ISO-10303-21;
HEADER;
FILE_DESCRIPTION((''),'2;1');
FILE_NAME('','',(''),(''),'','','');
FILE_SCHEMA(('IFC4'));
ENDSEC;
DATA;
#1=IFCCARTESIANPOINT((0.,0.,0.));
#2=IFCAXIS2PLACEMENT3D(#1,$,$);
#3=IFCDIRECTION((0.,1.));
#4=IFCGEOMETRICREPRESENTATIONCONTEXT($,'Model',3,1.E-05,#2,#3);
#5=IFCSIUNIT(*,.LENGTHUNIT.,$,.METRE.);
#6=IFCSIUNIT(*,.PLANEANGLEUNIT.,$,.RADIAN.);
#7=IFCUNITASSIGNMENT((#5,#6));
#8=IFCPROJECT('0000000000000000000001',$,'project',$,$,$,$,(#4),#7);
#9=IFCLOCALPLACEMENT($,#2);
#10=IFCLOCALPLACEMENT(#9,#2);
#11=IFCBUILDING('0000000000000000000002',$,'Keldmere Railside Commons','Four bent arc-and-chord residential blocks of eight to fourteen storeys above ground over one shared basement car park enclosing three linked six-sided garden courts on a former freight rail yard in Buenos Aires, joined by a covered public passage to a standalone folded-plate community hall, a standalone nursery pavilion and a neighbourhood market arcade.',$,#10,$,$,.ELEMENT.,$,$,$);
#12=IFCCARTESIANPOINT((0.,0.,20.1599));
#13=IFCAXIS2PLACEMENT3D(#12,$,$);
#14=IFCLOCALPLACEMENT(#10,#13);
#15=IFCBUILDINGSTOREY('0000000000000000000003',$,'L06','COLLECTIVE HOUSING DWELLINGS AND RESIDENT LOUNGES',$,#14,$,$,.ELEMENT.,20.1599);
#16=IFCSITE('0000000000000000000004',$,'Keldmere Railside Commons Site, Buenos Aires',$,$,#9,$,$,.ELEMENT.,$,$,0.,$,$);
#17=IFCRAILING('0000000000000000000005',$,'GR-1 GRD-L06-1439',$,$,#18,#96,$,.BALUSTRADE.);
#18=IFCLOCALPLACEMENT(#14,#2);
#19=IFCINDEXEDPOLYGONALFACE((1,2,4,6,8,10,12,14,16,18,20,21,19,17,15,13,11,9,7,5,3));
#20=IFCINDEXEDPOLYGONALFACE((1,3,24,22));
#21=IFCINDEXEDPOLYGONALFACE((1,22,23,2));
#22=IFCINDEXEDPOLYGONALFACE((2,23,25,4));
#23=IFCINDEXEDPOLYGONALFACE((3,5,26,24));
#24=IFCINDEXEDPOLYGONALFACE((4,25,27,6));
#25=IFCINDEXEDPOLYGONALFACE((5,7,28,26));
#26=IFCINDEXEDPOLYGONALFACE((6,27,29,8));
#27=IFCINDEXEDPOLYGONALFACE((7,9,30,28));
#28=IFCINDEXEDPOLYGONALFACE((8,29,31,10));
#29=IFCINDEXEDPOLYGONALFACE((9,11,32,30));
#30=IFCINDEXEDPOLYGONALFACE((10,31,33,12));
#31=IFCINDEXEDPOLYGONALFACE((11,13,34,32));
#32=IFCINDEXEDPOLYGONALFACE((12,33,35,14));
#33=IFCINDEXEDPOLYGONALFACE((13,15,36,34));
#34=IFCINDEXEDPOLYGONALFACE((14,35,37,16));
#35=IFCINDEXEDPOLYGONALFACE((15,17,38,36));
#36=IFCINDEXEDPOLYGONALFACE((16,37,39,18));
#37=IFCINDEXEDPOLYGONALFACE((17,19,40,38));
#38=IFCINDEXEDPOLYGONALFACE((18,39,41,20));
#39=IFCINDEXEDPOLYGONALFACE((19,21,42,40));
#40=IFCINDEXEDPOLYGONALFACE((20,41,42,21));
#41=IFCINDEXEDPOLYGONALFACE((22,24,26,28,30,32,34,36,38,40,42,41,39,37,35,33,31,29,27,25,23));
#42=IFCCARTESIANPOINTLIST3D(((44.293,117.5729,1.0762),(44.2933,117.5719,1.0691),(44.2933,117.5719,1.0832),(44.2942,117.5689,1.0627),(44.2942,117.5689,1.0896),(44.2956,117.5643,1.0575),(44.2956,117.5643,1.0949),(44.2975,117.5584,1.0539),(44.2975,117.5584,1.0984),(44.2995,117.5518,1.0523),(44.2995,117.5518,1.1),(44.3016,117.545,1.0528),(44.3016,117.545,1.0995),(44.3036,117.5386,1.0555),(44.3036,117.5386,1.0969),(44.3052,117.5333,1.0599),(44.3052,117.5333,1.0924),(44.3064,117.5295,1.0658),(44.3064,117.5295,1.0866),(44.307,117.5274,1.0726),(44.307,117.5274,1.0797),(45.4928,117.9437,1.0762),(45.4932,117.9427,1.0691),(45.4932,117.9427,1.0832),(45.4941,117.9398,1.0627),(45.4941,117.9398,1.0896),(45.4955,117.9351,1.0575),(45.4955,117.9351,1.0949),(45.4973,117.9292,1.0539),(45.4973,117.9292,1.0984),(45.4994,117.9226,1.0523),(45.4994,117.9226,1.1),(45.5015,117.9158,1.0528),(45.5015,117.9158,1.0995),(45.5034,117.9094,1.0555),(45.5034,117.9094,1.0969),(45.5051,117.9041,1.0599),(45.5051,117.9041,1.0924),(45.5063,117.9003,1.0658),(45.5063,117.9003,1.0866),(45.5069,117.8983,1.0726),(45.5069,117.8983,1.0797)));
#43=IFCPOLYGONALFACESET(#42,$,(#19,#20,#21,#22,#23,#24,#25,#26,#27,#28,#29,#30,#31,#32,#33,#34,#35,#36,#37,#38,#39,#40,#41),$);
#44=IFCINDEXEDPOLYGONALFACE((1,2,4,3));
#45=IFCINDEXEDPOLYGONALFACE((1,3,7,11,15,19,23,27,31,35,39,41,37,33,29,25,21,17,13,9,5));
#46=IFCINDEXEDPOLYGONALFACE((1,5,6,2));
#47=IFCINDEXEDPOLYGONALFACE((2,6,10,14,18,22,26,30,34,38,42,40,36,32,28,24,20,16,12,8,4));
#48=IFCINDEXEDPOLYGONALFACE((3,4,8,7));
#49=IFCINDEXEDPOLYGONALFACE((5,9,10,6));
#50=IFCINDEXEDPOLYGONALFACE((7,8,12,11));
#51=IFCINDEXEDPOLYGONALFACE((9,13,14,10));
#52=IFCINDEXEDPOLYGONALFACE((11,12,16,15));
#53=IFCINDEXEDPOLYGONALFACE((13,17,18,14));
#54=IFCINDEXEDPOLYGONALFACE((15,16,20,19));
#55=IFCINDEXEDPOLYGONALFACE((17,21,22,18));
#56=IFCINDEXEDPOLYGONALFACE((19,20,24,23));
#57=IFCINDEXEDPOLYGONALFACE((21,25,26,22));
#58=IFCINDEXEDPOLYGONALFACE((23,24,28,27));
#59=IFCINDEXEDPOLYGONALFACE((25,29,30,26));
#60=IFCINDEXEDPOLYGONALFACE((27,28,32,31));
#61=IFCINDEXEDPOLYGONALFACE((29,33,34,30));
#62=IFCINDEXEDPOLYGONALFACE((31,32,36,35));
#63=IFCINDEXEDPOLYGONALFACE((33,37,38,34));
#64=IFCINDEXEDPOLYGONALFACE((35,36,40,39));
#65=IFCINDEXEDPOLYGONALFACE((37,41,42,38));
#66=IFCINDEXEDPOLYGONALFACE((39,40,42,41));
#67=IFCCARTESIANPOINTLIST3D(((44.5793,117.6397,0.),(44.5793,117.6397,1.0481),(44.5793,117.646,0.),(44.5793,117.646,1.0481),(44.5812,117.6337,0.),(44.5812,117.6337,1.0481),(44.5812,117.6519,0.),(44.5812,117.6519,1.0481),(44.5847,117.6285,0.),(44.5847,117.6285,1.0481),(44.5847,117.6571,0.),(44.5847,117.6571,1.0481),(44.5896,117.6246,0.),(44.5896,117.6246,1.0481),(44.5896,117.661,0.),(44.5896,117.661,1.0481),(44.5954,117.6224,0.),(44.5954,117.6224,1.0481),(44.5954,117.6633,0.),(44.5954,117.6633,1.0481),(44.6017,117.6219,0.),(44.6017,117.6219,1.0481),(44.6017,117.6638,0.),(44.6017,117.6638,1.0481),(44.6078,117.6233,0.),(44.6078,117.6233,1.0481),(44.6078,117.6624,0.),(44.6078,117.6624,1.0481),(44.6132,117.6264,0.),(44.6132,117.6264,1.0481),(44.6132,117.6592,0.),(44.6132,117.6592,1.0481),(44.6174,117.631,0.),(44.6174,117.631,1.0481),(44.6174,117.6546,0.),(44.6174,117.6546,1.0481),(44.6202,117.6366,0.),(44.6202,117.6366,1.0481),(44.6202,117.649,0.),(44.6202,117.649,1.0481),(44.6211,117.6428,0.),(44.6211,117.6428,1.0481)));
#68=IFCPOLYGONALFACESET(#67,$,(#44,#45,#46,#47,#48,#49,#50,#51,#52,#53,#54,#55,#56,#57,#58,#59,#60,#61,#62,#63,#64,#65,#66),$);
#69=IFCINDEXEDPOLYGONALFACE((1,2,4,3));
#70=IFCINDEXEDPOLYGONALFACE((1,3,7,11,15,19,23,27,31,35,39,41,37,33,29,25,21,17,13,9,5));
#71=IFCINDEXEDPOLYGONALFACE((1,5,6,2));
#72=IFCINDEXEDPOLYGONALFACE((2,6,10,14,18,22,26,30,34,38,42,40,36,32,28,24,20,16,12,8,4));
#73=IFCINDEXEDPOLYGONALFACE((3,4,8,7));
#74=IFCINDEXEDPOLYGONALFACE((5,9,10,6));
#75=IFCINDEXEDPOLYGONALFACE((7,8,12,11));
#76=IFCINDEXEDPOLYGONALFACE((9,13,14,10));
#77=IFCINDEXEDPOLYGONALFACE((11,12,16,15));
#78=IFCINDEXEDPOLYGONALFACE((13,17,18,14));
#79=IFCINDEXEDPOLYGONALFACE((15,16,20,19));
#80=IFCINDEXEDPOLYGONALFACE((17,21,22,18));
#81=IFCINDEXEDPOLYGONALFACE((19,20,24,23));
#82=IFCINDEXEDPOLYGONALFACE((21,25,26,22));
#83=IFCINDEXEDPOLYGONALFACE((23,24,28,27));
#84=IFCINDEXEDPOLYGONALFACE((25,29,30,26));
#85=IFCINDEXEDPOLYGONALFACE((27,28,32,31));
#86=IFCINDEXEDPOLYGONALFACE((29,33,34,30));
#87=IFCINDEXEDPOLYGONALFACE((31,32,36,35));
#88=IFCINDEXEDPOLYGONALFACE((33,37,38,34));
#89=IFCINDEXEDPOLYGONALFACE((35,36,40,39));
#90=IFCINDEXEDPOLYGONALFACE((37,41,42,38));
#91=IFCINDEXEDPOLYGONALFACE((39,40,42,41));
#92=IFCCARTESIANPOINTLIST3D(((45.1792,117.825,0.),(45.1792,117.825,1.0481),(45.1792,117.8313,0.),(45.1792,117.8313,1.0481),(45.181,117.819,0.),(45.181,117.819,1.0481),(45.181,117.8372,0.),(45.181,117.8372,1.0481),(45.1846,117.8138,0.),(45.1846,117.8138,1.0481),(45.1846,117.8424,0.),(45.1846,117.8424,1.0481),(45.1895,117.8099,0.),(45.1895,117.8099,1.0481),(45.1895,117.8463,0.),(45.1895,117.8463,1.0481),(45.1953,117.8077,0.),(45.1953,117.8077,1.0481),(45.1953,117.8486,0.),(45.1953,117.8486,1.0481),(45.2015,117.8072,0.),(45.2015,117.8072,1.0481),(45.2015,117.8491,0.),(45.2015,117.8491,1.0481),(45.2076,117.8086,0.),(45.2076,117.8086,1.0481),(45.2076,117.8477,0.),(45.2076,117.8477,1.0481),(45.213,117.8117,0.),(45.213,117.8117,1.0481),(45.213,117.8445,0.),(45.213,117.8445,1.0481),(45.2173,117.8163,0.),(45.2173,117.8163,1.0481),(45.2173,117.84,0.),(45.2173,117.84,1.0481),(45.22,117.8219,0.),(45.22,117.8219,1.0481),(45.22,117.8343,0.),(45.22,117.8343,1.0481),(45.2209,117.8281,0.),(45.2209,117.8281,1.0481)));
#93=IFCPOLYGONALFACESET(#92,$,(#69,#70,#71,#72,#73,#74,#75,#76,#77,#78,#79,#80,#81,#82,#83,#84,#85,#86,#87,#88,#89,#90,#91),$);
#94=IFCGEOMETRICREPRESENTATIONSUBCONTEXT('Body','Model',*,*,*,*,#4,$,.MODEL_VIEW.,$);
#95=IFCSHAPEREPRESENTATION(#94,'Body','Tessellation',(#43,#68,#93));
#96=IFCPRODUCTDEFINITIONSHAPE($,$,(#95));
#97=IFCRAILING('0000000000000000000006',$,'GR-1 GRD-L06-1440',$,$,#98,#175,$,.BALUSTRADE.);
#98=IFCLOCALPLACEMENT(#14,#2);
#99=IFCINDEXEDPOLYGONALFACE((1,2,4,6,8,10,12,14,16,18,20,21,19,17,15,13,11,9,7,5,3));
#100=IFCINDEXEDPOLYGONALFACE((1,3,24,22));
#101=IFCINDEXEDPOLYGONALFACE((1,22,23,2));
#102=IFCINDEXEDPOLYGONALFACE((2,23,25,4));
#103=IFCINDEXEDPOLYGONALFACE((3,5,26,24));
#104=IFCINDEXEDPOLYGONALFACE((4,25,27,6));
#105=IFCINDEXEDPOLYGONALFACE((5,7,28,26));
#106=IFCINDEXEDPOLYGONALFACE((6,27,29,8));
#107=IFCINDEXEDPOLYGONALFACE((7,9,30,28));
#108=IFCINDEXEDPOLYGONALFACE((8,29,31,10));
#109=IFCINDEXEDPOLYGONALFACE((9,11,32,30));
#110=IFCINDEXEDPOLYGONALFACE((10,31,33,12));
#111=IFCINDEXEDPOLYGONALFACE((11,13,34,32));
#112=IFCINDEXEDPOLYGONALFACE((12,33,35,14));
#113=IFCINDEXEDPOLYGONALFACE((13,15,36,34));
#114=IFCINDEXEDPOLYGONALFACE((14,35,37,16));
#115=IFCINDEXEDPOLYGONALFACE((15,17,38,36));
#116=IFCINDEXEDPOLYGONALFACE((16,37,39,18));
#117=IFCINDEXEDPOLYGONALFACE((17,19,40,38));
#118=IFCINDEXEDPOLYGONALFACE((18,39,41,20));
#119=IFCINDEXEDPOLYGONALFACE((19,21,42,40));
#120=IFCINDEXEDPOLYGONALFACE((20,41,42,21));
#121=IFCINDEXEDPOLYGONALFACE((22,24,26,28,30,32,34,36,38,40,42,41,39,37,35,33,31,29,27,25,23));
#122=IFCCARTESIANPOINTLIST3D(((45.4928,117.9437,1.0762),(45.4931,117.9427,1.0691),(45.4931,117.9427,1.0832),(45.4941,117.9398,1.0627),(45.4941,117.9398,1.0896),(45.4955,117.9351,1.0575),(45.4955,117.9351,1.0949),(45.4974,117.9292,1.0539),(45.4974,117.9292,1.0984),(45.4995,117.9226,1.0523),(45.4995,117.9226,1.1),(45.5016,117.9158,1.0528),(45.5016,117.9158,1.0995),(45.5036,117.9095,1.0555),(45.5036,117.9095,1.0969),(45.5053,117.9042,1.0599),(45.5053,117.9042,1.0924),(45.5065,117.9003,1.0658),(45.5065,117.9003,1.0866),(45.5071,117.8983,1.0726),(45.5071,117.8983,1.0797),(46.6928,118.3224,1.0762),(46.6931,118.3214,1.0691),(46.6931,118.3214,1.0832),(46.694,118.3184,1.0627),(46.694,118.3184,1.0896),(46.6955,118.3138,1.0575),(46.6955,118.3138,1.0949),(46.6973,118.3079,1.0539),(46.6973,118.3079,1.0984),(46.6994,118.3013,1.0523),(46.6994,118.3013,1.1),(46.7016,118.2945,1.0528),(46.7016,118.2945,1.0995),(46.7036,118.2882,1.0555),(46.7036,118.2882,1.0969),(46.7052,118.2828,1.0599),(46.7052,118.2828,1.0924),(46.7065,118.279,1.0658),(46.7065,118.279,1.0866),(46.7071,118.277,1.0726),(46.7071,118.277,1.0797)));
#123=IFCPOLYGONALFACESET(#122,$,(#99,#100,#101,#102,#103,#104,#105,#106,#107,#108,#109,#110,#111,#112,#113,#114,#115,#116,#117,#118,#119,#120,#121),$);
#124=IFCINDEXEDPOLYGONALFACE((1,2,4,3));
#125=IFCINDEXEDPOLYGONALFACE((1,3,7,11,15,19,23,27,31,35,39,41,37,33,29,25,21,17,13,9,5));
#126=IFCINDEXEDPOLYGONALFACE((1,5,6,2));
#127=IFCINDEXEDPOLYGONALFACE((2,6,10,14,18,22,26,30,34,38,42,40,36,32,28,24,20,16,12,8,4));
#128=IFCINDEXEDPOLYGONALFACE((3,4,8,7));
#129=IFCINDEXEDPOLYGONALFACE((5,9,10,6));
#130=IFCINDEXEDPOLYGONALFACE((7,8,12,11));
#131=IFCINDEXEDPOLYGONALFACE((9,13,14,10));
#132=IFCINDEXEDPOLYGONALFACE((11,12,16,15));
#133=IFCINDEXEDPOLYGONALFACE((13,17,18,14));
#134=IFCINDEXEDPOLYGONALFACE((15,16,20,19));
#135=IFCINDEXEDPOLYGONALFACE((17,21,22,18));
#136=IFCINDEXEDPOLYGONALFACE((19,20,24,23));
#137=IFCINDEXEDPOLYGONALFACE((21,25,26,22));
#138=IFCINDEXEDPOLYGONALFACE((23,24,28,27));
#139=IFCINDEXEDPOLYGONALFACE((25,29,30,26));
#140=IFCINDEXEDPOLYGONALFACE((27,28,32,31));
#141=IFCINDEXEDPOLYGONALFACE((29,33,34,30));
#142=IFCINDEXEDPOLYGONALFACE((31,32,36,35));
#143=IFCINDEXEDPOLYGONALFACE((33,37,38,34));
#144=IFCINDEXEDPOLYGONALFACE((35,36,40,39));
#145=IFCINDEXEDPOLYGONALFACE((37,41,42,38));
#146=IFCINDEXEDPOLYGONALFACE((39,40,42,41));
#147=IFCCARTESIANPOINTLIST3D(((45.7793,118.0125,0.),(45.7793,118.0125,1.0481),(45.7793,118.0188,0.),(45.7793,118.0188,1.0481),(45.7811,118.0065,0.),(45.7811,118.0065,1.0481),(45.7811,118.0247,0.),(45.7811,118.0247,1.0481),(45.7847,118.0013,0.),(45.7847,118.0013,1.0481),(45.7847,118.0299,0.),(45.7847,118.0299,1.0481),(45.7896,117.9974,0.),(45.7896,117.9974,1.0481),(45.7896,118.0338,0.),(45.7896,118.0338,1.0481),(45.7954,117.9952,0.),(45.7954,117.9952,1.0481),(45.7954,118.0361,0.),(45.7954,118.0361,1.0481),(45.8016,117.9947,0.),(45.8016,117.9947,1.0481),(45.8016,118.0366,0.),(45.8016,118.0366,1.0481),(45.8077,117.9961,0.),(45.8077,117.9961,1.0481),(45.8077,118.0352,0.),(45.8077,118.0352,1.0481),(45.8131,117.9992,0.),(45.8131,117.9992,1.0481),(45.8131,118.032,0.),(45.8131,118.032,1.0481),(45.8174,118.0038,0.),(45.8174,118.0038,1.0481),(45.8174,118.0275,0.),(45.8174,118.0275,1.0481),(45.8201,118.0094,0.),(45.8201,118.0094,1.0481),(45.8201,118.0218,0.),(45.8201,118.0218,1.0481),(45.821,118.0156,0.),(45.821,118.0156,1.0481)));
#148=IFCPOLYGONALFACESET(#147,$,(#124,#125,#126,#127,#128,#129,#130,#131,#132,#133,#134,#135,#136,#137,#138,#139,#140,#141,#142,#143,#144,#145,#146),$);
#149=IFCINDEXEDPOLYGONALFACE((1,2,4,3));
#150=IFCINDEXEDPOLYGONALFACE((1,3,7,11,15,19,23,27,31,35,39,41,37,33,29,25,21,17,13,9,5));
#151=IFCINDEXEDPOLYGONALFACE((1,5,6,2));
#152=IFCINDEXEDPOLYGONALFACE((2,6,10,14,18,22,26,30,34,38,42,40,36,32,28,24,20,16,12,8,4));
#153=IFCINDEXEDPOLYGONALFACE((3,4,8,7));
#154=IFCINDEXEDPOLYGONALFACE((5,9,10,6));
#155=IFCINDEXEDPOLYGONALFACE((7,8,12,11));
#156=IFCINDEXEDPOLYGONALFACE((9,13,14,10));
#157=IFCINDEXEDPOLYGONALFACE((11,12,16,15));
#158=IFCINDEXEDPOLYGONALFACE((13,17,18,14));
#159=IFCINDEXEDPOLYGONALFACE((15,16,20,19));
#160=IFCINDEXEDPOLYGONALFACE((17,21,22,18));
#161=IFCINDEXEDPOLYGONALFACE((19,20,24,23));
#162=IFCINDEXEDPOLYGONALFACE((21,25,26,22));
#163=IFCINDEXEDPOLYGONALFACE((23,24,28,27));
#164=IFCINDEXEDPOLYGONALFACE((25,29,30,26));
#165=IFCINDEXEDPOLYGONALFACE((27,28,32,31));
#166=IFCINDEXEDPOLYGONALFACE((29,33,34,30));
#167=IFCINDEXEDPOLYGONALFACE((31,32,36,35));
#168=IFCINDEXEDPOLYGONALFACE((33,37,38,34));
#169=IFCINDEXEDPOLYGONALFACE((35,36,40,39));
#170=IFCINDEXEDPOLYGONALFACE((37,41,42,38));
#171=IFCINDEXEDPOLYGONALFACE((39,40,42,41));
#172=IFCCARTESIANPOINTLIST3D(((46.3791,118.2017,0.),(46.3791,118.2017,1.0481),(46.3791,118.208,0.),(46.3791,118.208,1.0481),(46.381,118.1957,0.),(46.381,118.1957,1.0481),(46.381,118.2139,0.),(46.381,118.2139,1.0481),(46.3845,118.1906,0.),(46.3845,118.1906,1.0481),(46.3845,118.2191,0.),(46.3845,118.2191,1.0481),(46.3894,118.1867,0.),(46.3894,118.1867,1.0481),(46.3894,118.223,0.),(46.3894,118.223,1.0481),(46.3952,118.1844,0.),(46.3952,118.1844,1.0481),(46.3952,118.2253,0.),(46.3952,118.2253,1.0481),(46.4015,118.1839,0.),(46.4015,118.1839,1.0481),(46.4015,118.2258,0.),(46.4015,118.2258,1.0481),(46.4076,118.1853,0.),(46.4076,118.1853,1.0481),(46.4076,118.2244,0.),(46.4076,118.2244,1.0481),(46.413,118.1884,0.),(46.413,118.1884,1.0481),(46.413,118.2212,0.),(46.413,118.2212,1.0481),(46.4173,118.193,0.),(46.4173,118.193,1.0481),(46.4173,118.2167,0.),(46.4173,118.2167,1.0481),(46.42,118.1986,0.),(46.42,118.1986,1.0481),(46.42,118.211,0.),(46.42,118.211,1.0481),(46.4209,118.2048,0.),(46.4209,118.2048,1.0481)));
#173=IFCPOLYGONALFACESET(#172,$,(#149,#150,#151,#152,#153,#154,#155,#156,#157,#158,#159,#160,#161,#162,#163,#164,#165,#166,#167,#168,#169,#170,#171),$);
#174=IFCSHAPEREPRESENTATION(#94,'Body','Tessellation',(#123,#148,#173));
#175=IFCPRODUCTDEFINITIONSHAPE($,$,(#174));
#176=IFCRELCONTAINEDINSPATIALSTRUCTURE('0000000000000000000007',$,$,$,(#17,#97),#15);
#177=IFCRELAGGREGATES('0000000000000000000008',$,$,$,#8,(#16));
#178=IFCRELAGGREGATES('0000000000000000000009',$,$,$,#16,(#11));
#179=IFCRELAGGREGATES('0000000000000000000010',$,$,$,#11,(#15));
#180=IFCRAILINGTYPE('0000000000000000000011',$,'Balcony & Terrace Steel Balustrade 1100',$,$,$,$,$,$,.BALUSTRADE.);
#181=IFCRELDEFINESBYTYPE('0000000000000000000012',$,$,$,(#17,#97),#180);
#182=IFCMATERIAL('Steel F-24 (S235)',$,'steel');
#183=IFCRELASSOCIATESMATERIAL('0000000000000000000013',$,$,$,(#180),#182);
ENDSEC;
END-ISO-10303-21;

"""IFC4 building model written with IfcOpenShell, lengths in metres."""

from ifc_helpers import new_model, si_unit, direction, frame, origin, origin_2d, place, context, subcontext, project, spatial, circle, extrude, material, type_object, element, save


model = new_model("IFC4")

# Units and contexts
model_context = context("Model", 3, precision=1e-05, world=origin(), true_north=direction((0.0, 1.0)))
body_context = subcontext(model_context, "Body", "Model", "MODEL_VIEW")
ifc_project = project(units=[si_unit("LENGTHUNIT", "METRE"), si_unit("PLANEANGLEUNIT", "RADIAN")], contexts=[model_context])

# Site, building, storey
site_placement = place(None, origin())
site = spatial("IfcSite", under=ifc_project, at=site_placement, Name="Keldmere Railside Commons Site, Buenos Aires", CompositionType="ELEMENT", RefElevation=0.0)
building_placement = place(site_placement, origin())
building = spatial("IfcBuilding", under=site, at=building_placement, Name="Keldmere Railside Commons", Description="Four bent arc-and-chord residential blocks of eight to fourteen storeys above ground over one shared basement car park enclosing three linked six-sided garden courts on a former freight rail yard in Buenos Aires, joined by a covered public passage to a standalone folded-plate community hall, a standalone nursery pavilion and a neighbourhood market arcade.", CompositionType="ELEMENT")
storey_placement = place(building_placement, frame((0.0, 0.0, 20.1599)))
storey = spatial("IfcBuildingStorey", under=building, at=storey_placement, Name="L06", Description="COLLECTIVE HOUSING DWELLINGS AND RESIDENT LOUNGES", CompositionType="ELEMENT", Elevation=20.1599)

# Railings
ifc_material_1 = material(Name="Steel F-24 (S235)", Category="steel")
railing_type = type_object("IfcRailingType", Name="Balcony & Terrace Steel Balustrade 1100", PredefinedType="BALUSTRADE", material=ifc_material_1)
railing_1_placement = place(storey_placement, frame((44.3, 117.55, 0.0)))
element("IfcRailing", 1, at=railing_1_placement, inside=storey, type_object=railing_type, Name="GR-1 GRD-L06-1439", PredefinedType="BALUSTRADE", context=body_context, shape_type="SweptSolid", body=[
    extrude(circle(Radius=0.0239, at=origin_2d()), frame((0.0, 0.0, 1.0762), z_axis=(0.955413, 0.295274, 0.0), x_axis=(-0.295274, 0.955413, 0.0)), (0.0, 0.0, 1.0), 1.2559),
    extrude(circle(Radius=0.021, at=origin_2d()), frame((0.3, 0.0928, 0.0)), (0.0, 0.0, 1.0), 1.0481),
    extrude(circle(Radius=0.021, at=origin_2d()), frame((0.8999, 0.2781, 0.0)), (0.0, 0.0, 1.0), 1.0481),
])
railing_2_placement = place(storey_placement, frame((45.5, 117.9209, 0.0)))
element("IfcRailing", 2, at=railing_2_placement, inside=storey, type_object=railing_type, Name="GR-1 GRD-L06-1440", PredefinedType="BALUSTRADE", context=body_context, shape_type="SweptSolid", body=[
    extrude(circle(Radius=0.0239, at=origin_2d()), frame((0.0, 0.0, 1.0762), z_axis=(0.953644, 0.300936, 0.0), x_axis=(-0.300936, 0.953644, 0.0)), (0.0, 0.0, 1.0), 1.2583),
    extrude(circle(Radius=0.021, at=origin_2d()), frame((0.3, 0.0947, 0.0)), (0.0, 0.0, 1.0), 1.0481),
    extrude(circle(Radius=0.021, at=origin_2d()), frame((0.8999, 0.2839, 0.0)), (0.0, 0.0, 1.0), 1.0481),
])

save(model, "model.ifc")
